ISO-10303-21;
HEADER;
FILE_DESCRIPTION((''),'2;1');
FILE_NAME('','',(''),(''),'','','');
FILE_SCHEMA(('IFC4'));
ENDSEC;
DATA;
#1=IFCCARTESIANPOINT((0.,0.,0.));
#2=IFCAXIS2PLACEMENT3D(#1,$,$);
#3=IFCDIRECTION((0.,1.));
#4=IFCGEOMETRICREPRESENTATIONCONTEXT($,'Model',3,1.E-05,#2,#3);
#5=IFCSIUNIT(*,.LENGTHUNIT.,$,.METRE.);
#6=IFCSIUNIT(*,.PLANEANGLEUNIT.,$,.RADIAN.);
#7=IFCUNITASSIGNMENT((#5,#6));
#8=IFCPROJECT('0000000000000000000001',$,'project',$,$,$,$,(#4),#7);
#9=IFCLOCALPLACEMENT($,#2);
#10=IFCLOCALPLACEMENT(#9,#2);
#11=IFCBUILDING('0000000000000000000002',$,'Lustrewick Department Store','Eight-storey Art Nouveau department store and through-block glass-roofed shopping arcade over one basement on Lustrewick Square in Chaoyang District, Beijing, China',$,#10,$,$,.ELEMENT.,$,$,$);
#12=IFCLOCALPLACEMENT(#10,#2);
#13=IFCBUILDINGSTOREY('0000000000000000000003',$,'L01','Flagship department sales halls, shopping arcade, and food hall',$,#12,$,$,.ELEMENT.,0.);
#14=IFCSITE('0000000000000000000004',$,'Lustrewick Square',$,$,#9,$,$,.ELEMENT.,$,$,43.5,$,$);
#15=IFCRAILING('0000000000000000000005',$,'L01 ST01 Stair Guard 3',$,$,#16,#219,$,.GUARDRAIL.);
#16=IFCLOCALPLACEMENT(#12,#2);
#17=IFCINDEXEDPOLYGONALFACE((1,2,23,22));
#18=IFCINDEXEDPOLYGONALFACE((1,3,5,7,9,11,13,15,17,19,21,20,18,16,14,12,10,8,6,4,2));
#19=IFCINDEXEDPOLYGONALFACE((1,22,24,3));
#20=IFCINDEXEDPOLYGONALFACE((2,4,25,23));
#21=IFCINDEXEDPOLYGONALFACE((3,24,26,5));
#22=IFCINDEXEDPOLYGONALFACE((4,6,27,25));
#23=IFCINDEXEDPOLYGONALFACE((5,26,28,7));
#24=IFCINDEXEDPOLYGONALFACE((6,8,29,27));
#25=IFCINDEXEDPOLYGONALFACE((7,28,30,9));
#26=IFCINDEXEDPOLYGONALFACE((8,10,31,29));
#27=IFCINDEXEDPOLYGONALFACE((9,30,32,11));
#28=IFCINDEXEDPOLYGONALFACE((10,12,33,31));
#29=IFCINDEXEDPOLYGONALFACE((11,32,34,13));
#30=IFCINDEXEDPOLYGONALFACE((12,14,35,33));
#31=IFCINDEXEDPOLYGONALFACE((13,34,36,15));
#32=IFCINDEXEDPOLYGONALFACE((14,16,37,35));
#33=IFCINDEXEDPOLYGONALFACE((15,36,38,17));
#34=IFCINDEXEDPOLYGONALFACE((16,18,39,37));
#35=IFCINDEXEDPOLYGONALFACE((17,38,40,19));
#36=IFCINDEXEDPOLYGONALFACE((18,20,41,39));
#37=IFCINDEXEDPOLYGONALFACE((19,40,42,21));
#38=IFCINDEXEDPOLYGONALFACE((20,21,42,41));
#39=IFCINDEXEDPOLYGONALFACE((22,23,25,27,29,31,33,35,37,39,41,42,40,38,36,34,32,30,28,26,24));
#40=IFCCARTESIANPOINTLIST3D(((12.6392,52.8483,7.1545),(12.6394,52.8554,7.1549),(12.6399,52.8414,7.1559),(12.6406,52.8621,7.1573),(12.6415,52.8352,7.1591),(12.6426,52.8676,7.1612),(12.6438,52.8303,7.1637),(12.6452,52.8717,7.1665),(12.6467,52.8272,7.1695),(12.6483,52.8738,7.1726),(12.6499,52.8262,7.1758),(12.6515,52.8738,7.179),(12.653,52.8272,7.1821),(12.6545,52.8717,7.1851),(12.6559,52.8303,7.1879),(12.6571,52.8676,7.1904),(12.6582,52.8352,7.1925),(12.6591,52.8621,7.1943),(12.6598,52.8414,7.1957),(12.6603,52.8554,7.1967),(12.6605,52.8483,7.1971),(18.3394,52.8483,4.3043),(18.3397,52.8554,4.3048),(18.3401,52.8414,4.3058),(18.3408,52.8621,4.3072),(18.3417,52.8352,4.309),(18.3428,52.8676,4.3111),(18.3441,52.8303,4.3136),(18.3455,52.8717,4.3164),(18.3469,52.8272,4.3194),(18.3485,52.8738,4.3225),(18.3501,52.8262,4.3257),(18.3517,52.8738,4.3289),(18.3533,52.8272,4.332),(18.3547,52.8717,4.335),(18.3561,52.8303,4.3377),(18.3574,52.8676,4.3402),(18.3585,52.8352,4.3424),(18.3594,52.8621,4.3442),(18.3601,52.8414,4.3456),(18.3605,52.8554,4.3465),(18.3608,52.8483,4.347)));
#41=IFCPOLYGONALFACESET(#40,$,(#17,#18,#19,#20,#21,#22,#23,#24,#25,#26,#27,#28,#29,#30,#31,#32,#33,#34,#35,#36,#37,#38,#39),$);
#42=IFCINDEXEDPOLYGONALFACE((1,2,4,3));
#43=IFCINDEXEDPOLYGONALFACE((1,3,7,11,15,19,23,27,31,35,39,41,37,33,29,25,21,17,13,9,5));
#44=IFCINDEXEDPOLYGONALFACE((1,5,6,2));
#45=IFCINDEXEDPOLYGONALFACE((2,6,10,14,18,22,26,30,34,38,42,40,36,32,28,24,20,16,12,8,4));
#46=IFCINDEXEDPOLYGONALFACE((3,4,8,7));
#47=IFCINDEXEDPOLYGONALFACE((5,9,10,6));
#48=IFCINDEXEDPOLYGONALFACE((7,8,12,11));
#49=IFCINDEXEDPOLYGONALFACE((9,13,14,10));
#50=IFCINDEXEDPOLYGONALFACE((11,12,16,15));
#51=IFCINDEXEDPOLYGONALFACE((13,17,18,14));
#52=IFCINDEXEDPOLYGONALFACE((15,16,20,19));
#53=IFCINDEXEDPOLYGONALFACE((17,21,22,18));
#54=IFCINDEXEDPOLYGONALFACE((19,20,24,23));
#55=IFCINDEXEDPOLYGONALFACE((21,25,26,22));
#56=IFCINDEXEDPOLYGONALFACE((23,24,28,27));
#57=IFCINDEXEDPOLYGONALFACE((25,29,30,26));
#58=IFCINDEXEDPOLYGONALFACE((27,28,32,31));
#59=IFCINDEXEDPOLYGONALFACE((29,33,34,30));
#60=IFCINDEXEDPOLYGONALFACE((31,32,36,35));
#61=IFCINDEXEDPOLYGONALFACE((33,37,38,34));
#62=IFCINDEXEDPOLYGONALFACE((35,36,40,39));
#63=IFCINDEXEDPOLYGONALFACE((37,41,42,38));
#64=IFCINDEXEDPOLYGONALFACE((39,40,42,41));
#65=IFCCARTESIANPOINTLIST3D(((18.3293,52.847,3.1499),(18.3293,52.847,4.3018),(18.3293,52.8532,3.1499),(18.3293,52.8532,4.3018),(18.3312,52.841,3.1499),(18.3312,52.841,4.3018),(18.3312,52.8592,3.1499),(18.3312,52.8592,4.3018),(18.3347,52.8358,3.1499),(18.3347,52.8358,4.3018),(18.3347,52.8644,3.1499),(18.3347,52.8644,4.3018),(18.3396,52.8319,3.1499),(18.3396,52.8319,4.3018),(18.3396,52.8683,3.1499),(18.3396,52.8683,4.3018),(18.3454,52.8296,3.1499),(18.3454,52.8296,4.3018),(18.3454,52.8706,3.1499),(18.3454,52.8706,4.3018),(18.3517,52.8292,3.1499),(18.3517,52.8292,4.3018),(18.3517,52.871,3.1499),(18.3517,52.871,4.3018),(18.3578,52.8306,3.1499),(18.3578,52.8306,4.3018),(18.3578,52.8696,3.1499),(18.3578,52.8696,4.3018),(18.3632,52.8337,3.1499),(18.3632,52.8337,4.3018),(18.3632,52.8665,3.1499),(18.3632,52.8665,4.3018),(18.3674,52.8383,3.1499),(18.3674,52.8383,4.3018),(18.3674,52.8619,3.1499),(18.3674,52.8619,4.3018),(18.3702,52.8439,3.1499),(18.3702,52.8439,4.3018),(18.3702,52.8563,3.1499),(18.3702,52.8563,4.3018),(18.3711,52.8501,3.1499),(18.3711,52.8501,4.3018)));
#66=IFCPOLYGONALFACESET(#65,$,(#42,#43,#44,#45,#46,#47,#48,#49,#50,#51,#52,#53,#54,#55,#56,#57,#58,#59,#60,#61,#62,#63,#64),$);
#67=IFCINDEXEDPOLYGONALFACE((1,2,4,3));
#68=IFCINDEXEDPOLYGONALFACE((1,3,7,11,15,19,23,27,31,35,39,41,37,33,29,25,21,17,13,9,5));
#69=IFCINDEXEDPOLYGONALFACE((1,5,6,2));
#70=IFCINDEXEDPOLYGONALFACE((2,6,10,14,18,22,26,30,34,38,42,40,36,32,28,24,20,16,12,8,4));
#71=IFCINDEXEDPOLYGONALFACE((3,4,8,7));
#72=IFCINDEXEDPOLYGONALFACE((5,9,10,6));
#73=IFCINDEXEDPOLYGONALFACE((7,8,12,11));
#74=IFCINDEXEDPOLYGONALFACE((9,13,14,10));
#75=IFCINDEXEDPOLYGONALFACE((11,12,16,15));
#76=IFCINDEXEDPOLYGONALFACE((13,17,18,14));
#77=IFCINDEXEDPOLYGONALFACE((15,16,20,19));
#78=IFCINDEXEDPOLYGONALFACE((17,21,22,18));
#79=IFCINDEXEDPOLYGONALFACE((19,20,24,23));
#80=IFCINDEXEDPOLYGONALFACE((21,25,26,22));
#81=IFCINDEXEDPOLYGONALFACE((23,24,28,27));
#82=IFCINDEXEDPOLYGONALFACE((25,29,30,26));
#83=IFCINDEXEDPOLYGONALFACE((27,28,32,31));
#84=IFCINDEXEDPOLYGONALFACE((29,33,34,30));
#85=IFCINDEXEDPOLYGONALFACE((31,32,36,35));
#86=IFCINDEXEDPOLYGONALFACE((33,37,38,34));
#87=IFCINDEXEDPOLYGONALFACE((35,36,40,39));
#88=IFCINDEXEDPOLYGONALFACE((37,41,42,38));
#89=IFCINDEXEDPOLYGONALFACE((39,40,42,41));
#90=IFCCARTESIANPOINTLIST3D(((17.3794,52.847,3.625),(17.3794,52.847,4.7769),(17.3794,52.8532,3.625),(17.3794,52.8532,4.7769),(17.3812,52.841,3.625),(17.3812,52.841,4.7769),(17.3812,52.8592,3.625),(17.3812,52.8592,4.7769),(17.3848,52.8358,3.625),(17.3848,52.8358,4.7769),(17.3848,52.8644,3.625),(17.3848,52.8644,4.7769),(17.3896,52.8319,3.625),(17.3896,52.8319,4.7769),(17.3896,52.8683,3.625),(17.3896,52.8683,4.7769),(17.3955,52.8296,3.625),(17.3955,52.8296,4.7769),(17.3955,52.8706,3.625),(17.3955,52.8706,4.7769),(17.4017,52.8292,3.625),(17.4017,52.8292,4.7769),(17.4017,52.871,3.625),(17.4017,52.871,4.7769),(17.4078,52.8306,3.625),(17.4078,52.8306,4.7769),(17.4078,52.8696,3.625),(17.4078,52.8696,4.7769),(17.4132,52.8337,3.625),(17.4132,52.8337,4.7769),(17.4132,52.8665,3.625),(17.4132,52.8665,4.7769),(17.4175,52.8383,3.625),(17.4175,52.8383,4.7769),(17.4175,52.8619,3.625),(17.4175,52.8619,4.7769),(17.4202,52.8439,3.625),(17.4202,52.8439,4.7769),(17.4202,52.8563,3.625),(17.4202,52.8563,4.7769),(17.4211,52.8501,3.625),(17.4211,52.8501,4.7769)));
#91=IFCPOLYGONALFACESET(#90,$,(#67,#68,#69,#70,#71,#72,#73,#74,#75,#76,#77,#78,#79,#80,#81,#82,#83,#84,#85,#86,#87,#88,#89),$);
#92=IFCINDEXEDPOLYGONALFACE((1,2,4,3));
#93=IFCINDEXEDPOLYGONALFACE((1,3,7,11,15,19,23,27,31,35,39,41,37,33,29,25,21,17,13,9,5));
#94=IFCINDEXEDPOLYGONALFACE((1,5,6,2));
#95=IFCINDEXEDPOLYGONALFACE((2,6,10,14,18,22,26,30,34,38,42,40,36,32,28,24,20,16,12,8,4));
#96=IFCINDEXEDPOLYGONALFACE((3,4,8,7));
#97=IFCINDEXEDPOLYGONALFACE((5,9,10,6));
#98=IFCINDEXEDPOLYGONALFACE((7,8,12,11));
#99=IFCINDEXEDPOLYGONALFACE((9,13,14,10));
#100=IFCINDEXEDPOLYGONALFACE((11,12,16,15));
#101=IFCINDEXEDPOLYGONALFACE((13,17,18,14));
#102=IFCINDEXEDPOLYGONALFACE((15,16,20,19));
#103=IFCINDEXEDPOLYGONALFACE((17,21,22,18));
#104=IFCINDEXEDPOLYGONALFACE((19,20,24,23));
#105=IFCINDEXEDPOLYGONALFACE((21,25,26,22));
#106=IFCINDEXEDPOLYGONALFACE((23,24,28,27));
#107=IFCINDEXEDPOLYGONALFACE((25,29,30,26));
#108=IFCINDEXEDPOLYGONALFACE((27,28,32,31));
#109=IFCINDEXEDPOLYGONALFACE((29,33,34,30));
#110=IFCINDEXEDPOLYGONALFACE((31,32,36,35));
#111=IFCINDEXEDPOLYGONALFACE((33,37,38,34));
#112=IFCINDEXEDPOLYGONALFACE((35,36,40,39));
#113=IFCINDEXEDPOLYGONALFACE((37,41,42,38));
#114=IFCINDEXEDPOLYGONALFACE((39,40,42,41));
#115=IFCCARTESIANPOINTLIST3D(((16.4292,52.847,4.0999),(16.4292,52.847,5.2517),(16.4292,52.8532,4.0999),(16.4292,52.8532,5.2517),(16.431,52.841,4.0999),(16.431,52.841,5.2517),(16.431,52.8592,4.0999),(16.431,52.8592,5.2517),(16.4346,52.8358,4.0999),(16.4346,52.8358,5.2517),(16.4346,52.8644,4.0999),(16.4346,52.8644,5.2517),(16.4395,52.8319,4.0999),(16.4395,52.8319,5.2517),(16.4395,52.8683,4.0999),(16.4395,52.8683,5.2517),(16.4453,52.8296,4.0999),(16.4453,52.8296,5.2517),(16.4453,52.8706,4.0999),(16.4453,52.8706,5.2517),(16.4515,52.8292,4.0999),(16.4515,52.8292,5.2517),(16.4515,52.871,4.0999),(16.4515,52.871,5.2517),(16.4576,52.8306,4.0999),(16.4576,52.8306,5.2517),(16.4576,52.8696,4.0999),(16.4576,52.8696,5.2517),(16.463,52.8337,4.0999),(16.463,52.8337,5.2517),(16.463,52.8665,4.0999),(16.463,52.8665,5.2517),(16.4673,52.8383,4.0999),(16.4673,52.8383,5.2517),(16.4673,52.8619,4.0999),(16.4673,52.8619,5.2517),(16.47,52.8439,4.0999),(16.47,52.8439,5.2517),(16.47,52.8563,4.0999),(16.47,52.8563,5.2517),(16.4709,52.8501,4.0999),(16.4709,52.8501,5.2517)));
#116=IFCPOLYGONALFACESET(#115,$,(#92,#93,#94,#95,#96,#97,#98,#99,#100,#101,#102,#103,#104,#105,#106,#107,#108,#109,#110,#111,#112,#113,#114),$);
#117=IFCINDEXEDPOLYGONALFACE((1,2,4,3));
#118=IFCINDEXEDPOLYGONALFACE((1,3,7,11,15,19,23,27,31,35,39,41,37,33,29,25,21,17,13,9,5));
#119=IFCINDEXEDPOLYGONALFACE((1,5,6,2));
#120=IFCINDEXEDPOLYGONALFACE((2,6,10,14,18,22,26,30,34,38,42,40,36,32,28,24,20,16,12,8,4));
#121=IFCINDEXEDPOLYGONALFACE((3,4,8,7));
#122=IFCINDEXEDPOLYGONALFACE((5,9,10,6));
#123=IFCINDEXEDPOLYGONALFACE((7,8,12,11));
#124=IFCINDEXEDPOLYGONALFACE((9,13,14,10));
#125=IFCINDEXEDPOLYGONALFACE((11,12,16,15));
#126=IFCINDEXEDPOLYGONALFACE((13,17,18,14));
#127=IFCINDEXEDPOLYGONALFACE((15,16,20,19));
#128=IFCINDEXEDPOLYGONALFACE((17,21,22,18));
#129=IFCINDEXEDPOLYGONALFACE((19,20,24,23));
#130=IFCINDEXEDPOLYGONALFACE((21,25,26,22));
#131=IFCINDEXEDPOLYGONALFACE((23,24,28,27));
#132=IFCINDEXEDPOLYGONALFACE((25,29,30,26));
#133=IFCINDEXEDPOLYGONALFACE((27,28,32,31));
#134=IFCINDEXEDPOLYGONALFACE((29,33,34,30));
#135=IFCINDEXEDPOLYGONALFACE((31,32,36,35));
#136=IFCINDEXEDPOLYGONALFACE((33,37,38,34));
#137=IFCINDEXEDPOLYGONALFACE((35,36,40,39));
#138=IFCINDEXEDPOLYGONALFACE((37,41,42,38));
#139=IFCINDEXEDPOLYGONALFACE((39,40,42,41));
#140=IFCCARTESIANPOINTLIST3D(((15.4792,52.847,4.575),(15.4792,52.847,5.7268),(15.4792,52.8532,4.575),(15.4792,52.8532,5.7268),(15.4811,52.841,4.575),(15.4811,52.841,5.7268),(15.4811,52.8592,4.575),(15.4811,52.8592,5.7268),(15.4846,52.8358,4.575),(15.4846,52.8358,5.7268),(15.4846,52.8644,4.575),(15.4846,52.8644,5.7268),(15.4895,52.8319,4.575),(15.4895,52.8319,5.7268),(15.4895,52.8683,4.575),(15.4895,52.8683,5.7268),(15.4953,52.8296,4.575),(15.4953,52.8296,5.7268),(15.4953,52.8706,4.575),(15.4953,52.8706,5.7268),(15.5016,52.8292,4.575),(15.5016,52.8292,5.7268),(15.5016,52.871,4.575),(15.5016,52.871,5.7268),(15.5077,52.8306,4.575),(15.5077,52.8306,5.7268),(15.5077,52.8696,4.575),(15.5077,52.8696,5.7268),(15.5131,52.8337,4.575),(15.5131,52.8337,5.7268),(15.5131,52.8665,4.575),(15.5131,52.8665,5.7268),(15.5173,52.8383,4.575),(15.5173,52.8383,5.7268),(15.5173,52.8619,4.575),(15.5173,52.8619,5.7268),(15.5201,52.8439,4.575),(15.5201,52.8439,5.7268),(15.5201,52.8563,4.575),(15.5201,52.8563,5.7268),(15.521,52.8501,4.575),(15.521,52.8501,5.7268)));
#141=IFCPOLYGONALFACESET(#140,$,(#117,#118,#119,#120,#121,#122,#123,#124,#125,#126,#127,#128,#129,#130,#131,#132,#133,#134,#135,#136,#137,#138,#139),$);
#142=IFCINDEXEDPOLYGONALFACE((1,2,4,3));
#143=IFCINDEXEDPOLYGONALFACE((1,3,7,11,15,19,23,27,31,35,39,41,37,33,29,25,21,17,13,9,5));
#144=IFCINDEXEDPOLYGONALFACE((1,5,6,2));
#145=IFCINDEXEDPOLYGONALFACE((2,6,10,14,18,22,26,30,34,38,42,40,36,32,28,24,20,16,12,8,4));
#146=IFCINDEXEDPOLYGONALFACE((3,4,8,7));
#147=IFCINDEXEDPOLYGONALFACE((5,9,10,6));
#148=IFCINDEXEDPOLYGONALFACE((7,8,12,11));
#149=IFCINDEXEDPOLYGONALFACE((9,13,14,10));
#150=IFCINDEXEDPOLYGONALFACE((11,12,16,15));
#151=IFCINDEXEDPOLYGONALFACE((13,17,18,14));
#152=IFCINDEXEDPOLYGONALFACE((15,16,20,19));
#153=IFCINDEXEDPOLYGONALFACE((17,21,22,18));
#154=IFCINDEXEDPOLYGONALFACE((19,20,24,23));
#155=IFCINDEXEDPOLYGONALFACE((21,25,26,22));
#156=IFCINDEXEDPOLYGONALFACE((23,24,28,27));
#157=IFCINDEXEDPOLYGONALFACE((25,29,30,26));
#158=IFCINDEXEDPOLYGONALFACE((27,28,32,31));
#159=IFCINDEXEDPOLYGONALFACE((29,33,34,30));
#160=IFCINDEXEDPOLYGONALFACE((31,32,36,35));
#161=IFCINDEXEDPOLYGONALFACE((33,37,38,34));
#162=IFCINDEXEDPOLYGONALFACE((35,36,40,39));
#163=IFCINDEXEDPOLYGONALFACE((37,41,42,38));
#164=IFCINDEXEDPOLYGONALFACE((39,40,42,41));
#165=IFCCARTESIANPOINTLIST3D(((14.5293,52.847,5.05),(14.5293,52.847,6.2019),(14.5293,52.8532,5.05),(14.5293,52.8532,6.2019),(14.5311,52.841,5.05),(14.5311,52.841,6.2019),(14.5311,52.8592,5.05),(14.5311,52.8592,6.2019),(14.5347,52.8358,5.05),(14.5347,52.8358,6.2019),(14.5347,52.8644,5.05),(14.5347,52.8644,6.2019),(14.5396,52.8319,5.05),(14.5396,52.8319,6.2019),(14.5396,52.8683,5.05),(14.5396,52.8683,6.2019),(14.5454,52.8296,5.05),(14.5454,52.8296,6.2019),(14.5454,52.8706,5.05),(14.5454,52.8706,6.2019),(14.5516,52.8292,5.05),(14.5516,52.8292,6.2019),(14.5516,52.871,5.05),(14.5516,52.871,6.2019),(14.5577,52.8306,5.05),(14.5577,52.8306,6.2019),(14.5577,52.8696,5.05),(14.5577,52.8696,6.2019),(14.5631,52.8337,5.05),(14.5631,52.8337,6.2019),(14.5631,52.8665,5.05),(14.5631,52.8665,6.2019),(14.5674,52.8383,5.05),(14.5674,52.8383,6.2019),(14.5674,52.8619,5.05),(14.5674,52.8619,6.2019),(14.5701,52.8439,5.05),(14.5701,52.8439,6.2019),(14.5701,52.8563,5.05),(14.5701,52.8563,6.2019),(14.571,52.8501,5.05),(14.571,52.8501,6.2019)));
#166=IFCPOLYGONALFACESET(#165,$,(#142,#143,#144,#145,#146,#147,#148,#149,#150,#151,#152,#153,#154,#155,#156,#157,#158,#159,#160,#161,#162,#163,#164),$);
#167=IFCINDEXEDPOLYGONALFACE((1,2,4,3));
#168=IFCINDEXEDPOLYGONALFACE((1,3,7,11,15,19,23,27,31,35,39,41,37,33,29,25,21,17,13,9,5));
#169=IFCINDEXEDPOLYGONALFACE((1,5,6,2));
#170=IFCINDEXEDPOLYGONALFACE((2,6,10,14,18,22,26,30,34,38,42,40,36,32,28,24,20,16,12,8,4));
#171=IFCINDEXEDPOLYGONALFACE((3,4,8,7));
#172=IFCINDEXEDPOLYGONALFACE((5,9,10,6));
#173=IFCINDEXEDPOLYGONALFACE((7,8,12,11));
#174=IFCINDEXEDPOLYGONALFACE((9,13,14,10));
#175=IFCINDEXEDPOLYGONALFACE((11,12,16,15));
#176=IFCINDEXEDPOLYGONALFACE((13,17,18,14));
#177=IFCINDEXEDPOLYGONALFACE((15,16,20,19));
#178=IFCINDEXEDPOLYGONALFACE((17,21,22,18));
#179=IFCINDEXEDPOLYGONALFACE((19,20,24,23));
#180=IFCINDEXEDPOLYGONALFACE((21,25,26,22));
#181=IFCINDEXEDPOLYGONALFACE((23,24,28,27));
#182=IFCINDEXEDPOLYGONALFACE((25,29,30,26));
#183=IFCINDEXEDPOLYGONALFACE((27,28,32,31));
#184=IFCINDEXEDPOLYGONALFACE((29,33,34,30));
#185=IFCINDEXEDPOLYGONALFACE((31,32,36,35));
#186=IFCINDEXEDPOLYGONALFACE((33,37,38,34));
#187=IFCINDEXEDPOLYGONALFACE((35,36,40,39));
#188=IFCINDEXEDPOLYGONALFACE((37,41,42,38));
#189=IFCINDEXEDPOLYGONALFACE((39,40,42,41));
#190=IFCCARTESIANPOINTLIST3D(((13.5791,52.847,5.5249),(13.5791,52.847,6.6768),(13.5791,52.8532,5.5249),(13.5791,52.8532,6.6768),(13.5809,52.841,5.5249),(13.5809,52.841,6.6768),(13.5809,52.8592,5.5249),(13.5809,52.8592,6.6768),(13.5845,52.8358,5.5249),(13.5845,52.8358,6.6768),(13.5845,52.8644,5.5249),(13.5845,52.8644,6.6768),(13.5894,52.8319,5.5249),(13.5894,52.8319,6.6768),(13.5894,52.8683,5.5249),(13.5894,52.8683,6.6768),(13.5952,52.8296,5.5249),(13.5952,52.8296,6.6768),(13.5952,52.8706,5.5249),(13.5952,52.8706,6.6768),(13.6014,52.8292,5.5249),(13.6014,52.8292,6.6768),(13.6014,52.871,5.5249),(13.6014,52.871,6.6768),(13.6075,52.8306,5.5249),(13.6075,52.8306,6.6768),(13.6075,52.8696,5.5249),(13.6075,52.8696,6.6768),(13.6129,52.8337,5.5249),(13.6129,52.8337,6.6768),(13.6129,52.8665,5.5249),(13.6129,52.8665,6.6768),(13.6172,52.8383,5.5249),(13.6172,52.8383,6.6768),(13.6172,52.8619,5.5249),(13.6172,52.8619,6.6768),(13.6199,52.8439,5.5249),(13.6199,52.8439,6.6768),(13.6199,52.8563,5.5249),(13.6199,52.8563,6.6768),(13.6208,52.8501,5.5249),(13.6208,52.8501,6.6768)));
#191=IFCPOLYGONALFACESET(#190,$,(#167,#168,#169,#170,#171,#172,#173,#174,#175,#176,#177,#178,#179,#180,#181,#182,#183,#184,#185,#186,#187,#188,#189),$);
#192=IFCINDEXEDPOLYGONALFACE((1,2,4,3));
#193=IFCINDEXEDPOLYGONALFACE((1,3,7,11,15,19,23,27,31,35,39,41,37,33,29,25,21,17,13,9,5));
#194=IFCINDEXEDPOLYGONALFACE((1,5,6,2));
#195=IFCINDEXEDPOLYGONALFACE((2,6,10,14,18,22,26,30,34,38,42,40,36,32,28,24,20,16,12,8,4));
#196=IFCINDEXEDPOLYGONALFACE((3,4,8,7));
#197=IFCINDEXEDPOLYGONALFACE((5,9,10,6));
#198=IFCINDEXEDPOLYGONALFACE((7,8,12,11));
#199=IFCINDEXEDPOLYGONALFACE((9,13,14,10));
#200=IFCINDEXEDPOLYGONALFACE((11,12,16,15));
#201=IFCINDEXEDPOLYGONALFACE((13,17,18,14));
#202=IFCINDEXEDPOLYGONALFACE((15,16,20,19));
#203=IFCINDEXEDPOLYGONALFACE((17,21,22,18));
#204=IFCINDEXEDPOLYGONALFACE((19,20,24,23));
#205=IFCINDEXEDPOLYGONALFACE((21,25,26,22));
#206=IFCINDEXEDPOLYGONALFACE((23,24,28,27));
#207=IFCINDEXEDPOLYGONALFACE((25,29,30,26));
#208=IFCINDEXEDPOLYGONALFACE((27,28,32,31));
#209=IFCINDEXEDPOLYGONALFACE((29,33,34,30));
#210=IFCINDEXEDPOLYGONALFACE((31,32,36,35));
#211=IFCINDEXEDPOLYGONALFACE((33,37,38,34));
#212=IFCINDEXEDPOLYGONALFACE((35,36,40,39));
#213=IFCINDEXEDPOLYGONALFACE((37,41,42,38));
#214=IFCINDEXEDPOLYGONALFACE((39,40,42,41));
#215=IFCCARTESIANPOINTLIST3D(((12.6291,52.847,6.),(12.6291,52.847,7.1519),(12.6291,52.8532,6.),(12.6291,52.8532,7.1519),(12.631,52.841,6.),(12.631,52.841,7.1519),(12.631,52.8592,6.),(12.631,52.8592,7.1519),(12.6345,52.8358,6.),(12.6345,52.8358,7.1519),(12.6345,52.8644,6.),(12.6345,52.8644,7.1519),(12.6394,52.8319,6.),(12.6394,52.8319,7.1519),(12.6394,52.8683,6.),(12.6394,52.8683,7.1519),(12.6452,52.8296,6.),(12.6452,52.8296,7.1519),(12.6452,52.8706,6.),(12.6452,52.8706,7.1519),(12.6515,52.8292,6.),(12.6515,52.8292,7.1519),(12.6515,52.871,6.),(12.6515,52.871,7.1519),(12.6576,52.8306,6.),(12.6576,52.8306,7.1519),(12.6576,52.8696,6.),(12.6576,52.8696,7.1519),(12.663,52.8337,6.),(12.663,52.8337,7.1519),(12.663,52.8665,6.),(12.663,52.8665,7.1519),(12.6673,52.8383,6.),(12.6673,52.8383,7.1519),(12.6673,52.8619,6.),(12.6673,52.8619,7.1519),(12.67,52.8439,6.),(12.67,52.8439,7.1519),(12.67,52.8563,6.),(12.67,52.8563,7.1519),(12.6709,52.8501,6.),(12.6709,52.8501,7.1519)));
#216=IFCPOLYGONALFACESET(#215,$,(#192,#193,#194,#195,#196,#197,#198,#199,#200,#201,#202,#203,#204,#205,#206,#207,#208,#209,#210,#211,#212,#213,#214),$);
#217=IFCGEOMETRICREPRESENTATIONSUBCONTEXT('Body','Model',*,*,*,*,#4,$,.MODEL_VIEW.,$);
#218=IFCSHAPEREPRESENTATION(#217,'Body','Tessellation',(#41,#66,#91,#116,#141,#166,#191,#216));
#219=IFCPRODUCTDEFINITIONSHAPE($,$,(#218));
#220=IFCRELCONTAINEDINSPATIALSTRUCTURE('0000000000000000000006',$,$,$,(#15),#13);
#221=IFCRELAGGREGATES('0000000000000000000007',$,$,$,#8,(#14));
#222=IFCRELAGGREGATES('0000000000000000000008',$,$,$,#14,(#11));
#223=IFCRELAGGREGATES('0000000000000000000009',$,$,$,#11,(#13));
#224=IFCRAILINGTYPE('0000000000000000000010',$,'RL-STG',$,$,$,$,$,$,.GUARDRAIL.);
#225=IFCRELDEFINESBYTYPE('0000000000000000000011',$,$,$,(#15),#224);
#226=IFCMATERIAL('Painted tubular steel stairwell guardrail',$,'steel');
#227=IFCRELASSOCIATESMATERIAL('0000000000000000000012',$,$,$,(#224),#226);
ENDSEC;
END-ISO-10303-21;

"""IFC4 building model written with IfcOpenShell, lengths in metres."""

from ifc_helpers import new_model, si_unit, direction, frame, origin, origin_2d, place, context, subcontext, project, spatial, circle, extrude, material, type_object, element, save


model = new_model("IFC4")

# Units and contexts
model_context = context("Model", 3, precision=1e-05, world=origin(), true_north=direction((0.0, 1.0)))
body_context = subcontext(model_context, "Body", "Model", "MODEL_VIEW")
ifc_project = project(units=[si_unit("LENGTHUNIT", "METRE"), si_unit("PLANEANGLEUNIT", "RADIAN")], contexts=[model_context])

# Site, building, storey
site_placement = place(None, origin())
site = spatial("IfcSite", under=ifc_project, at=site_placement, Name="Lustrewick Square", CompositionType="ELEMENT", RefElevation=43.5)
building_placement = place(site_placement, origin())
building = spatial("IfcBuilding", under=site, at=building_placement, Name="Lustrewick Department Store", Description="Eight-storey Art Nouveau department store and through-block glass-roofed shopping arcade over one basement on Lustrewick Square in Chaoyang District, Beijing, China", CompositionType="ELEMENT")
storey_placement = place(building_placement, origin())
storey = spatial("IfcBuildingStorey", under=building, at=storey_placement, Name="L01", Description="Flagship department sales halls, shopping arcade, and food hall", CompositionType="ELEMENT", Elevation=0.0)

# Railing
ifc_material_1 = material(Name="Painted tubular steel stairwell guardrail", Category="steel")
railing_type_1 = type_object("IfcRailingType", Name="RL-STG", PredefinedType="GUARDRAIL", material=ifc_material_1)
railing_1_placement = place(storey_placement, frame((18.3501, 52.8501, 3.1499)))
element("IfcRailing", 1, at=railing_1_placement, inside=storey, type_object=railing_type_1, Name="L01 ST01 Stair Guard 3", PredefinedType="GUARDRAIL", context=body_context, shape_type="SweptSolid", body=[
    extrude(circle(Radius=0.0239, at=origin_2d()), frame((0.0, 0.0, 1.1758), z_axis=(-0.894427, 0.0, 0.447214), x_axis=(0.0, -1.0, 0.0)), (0.0, 0.0, 1.0), 6.373),
    extrude(circle(Radius=0.021, at=origin_2d()), origin(), (0.0, 0.0, 1.0), 1.1519),
    extrude(circle(Radius=0.021, at=origin_2d()), frame((-0.95, 0.0, 0.4751)), (0.0, 0.0, 1.0), 1.1519),
    extrude(circle(Radius=0.021, at=origin_2d()), frame((-1.9001, 0.0, 0.95)), (0.0, 0.0, 1.0), 1.1519),
    extrude(circle(Radius=0.021, at=origin_2d()), frame((-2.8501, 0.0, 1.425)), (0.0, 0.0, 1.0), 1.1519),
    extrude(circle(Radius=0.021, at=origin_2d()), frame((-3.8, 0.0, 1.9001)), (0.0, 0.0, 1.0), 1.1519),
    extrude(circle(Radius=0.021, at=origin_2d()), frame((-4.7502, 0.0, 2.375)), (0.0, 0.0, 1.0), 1.1519),
    extrude(circle(Radius=0.021, at=origin_2d()), frame((-5.7002, 0.0, 2.8501)), (0.0, 0.0, 1.0), 1.1519),
])

save(model, "model.ifc")
